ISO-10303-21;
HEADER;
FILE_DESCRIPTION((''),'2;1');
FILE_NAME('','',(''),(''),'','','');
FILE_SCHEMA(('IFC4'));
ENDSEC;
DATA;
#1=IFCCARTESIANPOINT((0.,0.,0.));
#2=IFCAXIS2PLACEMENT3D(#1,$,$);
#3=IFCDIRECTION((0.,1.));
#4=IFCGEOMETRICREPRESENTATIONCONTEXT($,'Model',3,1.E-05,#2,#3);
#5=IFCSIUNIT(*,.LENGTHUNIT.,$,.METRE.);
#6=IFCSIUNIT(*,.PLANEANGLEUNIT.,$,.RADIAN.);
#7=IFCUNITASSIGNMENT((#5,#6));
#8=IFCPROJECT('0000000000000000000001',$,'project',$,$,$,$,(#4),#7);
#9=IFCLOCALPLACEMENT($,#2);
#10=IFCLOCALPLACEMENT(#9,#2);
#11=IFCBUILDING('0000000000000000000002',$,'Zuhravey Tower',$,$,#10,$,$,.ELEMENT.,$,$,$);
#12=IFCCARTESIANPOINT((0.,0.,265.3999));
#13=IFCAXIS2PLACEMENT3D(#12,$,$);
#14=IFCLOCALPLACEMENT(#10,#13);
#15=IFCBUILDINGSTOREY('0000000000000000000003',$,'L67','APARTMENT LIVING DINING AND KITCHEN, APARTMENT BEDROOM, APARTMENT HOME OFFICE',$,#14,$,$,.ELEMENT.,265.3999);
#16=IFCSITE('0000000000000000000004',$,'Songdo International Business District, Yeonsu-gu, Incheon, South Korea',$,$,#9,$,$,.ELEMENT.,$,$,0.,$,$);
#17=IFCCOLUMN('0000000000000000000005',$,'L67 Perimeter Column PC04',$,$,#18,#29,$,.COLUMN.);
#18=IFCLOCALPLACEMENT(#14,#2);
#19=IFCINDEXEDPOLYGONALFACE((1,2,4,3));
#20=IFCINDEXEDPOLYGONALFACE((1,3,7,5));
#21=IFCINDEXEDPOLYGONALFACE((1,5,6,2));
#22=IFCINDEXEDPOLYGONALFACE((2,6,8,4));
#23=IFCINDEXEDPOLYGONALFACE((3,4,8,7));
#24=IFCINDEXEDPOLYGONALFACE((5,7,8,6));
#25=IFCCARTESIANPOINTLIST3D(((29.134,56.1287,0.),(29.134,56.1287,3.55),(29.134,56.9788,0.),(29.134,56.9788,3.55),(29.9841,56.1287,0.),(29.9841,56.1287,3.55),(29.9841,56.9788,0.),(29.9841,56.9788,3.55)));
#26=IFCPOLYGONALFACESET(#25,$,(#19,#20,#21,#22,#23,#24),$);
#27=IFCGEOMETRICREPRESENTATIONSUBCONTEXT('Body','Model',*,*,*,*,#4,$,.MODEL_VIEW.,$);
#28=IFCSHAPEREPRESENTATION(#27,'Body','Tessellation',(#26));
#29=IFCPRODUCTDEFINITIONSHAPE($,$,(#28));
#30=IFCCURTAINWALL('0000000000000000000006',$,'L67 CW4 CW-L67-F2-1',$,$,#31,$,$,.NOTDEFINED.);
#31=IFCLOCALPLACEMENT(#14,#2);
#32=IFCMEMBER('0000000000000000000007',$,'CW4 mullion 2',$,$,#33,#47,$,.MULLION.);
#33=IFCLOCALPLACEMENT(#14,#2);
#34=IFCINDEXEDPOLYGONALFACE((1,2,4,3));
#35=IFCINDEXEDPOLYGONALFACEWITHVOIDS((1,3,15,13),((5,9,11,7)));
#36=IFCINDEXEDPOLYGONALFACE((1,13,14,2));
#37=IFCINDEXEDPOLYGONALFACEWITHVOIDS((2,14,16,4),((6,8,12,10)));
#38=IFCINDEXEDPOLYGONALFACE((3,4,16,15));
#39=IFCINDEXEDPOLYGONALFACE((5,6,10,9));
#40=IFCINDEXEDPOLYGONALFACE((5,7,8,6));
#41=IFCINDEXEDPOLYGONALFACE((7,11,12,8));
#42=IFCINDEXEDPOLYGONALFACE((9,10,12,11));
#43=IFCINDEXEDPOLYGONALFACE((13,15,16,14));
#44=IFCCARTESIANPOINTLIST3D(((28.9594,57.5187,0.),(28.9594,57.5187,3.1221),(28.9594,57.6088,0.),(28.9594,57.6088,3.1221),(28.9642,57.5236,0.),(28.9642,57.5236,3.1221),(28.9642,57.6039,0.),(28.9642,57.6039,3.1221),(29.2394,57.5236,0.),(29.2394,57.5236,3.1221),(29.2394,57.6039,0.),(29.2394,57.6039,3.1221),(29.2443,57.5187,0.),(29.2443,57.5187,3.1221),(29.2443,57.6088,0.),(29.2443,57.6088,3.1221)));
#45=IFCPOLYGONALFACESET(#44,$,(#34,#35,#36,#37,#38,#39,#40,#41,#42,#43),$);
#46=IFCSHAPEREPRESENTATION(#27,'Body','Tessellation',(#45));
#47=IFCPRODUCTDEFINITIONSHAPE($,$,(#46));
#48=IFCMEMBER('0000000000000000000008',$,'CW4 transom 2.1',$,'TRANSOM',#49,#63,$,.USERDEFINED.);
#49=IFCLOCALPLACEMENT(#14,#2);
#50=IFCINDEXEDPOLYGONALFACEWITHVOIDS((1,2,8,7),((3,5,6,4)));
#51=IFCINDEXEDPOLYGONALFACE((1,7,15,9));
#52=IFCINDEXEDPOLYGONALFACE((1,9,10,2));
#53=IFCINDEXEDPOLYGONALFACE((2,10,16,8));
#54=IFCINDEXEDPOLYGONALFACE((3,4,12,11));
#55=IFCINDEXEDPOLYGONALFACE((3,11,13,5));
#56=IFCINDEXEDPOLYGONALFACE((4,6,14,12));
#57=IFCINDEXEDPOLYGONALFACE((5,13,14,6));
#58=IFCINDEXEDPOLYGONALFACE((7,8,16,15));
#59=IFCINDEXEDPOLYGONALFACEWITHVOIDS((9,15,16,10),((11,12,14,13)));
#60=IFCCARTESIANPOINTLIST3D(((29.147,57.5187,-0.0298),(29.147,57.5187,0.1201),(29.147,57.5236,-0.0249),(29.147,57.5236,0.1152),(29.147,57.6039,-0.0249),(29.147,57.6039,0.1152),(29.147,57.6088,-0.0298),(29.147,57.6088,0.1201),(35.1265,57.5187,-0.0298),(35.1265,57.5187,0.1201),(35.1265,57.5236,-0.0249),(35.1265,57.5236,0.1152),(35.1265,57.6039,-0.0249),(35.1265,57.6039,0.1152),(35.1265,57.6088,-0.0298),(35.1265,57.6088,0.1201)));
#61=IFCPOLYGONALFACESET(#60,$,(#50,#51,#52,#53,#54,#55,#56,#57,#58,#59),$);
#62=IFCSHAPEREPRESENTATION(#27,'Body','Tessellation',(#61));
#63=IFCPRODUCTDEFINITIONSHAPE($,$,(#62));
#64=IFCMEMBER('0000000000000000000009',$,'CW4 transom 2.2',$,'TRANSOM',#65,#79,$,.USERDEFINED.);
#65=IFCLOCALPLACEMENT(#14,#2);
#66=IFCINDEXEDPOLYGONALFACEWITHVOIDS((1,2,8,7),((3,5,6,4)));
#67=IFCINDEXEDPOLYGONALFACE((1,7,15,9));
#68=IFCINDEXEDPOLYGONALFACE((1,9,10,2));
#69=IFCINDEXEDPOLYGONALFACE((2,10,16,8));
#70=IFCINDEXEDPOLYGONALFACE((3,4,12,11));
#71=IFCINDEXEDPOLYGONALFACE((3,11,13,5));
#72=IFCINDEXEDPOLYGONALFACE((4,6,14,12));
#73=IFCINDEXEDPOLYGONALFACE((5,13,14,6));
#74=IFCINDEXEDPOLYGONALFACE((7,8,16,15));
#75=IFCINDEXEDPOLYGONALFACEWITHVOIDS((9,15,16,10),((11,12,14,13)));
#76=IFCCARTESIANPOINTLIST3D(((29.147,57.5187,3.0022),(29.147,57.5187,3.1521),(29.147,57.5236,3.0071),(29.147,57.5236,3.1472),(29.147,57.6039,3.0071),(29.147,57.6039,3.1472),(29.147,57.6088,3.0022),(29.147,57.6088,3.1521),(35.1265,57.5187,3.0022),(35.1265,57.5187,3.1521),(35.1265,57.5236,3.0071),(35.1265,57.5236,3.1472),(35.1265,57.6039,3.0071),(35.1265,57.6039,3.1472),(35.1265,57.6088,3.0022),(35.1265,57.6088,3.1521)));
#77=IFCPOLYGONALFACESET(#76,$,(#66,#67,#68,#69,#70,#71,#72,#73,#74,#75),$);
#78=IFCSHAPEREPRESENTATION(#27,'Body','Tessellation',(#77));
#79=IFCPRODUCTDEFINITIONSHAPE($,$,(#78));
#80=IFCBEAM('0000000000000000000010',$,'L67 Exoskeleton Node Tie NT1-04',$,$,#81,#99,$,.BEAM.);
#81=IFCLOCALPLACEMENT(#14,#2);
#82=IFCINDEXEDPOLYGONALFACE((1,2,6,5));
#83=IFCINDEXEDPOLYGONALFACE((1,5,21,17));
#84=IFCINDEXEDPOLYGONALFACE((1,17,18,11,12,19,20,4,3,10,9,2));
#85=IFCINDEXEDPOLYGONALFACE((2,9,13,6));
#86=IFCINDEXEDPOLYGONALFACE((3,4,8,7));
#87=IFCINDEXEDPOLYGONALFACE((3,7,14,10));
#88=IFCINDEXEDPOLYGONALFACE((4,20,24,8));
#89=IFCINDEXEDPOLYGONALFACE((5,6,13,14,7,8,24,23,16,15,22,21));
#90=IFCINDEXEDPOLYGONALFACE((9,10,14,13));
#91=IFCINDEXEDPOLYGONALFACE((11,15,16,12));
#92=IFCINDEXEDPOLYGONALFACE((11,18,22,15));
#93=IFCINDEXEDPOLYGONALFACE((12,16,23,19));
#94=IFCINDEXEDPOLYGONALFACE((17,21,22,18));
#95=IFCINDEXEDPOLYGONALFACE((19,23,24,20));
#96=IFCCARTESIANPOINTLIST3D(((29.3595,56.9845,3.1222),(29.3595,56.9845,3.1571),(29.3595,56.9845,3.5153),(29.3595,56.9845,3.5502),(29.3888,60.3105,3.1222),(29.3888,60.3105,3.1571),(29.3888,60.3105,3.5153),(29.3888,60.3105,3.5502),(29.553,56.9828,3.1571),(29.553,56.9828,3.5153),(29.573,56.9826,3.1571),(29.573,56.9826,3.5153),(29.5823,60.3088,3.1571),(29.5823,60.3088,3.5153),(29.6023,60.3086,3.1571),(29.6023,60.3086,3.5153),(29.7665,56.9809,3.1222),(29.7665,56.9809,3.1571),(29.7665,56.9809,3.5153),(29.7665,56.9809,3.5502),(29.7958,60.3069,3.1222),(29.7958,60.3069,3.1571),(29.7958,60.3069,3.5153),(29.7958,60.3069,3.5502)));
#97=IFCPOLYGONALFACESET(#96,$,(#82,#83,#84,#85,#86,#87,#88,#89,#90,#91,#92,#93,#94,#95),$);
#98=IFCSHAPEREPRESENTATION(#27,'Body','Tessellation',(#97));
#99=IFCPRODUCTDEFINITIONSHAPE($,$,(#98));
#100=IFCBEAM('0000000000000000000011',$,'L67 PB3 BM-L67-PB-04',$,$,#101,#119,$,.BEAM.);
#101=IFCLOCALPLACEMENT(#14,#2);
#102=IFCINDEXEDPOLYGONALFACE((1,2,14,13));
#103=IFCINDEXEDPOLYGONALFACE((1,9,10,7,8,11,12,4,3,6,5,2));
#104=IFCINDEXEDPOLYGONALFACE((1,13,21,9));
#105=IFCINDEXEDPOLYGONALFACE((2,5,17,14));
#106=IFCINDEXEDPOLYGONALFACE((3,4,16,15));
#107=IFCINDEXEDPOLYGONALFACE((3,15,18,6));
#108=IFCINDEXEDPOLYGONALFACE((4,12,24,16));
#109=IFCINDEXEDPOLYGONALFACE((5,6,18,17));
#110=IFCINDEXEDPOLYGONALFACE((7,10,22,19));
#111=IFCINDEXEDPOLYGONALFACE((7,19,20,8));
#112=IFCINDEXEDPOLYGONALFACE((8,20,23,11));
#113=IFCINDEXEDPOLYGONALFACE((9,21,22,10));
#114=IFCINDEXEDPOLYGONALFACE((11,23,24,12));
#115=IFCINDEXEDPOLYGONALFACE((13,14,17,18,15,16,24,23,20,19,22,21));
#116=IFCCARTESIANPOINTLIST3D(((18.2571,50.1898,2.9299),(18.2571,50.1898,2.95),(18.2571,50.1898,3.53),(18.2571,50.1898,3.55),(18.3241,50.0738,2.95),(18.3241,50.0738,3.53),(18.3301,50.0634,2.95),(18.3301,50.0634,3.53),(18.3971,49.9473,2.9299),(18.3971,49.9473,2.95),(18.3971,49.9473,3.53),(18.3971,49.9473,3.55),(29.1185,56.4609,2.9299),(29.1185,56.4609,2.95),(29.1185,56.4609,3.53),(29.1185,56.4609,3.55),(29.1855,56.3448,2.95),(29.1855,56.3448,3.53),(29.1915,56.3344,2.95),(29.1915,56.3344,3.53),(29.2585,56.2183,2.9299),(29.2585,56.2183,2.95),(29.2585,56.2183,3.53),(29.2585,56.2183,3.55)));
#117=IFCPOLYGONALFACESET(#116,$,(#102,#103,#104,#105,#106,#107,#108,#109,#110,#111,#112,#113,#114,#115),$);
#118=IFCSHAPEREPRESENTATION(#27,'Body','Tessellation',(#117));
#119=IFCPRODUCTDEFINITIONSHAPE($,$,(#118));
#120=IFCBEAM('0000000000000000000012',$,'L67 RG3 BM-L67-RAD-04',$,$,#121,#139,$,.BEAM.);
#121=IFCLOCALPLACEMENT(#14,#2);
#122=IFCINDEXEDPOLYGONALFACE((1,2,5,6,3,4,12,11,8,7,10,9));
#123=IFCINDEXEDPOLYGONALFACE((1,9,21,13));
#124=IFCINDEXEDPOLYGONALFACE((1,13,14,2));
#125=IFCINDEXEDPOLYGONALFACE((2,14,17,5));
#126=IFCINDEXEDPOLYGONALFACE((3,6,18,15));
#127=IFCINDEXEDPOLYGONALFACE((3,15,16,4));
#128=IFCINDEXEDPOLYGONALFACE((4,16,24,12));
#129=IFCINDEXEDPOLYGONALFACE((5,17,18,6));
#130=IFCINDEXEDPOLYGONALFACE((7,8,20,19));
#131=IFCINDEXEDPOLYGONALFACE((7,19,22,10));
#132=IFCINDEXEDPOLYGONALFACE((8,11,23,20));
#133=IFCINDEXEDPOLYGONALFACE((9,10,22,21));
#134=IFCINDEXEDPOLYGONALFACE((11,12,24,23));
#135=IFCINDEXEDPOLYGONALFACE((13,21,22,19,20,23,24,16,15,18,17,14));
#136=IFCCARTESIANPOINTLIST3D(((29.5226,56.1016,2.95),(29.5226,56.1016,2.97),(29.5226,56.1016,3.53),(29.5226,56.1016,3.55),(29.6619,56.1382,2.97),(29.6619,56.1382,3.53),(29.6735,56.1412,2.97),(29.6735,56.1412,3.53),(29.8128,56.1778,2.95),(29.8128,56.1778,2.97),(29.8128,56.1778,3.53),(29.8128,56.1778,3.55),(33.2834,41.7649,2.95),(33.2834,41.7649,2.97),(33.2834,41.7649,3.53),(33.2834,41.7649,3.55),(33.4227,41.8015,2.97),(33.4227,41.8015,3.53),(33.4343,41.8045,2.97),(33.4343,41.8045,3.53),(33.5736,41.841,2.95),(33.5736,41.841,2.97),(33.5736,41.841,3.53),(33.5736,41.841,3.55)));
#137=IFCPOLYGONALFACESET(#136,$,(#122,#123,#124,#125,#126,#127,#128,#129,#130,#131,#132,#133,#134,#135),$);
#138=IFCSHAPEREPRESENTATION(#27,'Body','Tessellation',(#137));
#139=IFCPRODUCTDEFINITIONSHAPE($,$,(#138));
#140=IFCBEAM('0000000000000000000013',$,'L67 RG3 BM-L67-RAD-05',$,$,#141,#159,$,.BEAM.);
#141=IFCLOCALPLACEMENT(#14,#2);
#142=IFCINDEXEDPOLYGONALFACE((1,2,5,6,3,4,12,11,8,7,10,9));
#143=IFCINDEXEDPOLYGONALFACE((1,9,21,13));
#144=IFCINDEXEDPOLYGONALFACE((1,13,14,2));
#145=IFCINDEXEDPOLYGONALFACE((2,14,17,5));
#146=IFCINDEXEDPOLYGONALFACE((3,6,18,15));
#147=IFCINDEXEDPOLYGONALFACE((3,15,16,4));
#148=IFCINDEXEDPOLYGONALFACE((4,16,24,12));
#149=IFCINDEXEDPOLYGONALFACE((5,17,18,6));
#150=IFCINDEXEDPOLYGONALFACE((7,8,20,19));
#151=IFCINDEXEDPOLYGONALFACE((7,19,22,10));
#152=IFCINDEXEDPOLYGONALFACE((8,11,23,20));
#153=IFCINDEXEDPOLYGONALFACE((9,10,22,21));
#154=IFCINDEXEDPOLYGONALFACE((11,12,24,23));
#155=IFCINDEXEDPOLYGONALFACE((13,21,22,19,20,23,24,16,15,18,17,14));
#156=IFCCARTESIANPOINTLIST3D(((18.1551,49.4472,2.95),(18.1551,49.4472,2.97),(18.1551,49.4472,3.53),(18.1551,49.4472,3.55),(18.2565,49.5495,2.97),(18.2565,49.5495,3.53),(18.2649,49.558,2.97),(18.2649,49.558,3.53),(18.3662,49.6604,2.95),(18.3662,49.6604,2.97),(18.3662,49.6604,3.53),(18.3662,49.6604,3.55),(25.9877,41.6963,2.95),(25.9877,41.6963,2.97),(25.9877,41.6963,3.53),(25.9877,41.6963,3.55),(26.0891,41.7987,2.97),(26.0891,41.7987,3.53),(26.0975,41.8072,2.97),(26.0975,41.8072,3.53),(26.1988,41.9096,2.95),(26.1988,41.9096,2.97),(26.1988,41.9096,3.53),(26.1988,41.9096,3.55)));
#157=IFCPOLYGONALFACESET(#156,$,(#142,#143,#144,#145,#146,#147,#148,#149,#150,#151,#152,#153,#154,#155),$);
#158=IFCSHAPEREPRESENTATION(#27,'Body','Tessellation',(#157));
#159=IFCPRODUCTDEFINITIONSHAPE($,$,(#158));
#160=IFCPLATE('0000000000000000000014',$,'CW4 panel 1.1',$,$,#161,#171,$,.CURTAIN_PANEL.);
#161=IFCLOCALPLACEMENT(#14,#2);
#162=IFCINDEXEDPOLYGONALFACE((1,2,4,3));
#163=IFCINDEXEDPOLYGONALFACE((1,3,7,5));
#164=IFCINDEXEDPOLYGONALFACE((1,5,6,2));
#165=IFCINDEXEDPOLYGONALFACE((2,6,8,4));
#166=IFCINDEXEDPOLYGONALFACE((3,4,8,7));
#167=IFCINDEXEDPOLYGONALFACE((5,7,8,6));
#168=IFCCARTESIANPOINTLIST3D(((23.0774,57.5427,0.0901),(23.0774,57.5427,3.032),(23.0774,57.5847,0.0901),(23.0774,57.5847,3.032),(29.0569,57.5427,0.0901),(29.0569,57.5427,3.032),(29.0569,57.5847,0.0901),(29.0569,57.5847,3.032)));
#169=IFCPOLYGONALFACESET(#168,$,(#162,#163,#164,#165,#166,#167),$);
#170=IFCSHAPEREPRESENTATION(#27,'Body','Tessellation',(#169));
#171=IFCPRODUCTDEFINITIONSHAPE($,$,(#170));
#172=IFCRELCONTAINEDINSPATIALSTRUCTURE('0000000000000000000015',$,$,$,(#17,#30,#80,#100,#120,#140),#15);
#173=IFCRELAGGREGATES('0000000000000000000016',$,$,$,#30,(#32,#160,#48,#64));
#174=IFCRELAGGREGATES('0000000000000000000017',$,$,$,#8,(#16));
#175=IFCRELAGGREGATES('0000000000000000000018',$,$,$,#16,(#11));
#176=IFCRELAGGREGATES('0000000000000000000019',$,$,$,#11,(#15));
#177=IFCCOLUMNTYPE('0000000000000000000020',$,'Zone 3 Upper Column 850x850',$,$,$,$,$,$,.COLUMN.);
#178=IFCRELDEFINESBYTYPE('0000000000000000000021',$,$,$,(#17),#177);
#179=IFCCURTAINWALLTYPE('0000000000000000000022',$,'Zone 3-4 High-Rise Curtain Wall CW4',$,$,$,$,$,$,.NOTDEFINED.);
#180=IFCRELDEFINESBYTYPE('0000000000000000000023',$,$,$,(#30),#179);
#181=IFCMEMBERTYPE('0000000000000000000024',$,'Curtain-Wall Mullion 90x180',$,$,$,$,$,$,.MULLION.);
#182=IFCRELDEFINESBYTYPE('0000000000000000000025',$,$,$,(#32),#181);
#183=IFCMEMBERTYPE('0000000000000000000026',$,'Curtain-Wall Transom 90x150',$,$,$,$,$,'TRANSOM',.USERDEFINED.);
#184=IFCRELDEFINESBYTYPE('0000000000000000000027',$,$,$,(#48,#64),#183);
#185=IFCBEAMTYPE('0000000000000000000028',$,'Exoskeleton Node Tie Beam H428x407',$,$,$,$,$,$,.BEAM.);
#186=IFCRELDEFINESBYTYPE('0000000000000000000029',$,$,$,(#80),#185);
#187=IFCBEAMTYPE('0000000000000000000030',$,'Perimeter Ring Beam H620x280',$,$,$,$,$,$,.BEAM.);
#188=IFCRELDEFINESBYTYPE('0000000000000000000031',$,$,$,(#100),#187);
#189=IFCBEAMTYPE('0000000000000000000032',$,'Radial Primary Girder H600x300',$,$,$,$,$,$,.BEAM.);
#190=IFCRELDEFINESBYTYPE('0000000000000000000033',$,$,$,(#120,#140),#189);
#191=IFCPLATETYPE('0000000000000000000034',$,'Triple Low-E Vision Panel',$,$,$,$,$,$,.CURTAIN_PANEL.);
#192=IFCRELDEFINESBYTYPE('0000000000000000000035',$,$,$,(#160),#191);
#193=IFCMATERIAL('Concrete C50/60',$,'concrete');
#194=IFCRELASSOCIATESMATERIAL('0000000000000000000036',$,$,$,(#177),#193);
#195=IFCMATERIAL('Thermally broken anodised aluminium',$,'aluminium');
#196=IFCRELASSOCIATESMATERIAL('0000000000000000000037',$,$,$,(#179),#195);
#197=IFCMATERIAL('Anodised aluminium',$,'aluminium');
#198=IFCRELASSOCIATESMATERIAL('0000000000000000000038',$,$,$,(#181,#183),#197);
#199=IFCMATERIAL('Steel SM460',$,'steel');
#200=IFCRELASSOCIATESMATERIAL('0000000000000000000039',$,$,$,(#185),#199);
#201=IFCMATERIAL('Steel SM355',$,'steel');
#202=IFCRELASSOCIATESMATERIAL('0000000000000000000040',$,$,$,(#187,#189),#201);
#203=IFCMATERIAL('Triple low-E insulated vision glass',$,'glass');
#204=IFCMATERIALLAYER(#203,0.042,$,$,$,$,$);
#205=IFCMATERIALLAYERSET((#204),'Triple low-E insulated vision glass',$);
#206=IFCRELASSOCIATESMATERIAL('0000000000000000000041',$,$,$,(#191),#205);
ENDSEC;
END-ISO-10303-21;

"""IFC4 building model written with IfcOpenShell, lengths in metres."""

from ifc_helpers import new_model, si_unit, direction, frame, origin, origin_2d, place, context, subcontext, project, spatial, rectangle, hollow_rectangle, i_section, extrude, material, layer, layer_set, material_profile, profile_set, type_object, element, aggregate, save


model = new_model("IFC4")

# Units and contexts
model_context = context("Model", 3, precision=1e-05, world=origin(), true_north=direction((0.0, 1.0)))
body_context = subcontext(model_context, "Body", "Model", "MODEL_VIEW")
ifc_project = project(units=[si_unit("LENGTHUNIT", "METRE"), si_unit("PLANEANGLEUNIT", "RADIAN")], contexts=[model_context])

# Site, building, storey
site_placement = place(None, origin())
site = spatial("IfcSite", under=ifc_project, at=site_placement, Name="Songdo International Business District, Yeonsu-gu, Incheon, South Korea", CompositionType="ELEMENT", RefElevation=0.0)
building_placement = place(site_placement, origin())
building = spatial("IfcBuilding", under=site, at=building_placement, Name="Zuhravey Tower", CompositionType="ELEMENT")
storey_placement = place(building_placement, frame((0.0, 0.0, 265.3999)))
storey = spatial("IfcBuildingStorey", under=building, at=storey_placement, Name="L67", Description="APARTMENT LIVING DINING AND KITCHEN, APARTMENT BEDROOM, APARTMENT HOME OFFICE", CompositionType="ELEMENT", Elevation=265.3999)

# Column
ifc_material_1 = material(Name="Concrete C50/60", Category="concrete")
ifc_material_profile_1 = material_profile(ifc_material_1, rectangle(XDim=0.8501, YDim=0.8501, at=origin_2d()), Name="RC-850x850")
ifc_profile_set_1 = profile_set([ifc_material_profile_1], Name="Concrete C50/60")
column_type = type_object("IfcColumnType", Name="Zone 3 Upper Column 850x850", PredefinedType="COLUMN", material=ifc_profile_set_1)
column_placement = place(storey_placement, frame((29.5591, 56.5537, 0.0), z_axis=(0.0, 0.0, 1.0), x_axis=(-1.0, 0.0, 0.0)))
element("IfcColumn", 1, at=column_placement, inside=storey, type_object=column_type, Name="L67 Perimeter Column PC04", PredefinedType="COLUMN", context=body_context, shape_type="SweptSolid", body=[
    extrude(rectangle(XDim=0.8501, YDim=0.8501, at=origin_2d()), origin(), (0.0, 0.0, 1.0), 3.55),
])

# Curtain wall, members
ifc_material_2 = material(Name="Thermally broken anodised aluminium", Category="aluminium")
curtain_wall_type = type_object("IfcCurtainWallType", Name="Zone 3-4 High-Rise Curtain Wall CW4", PredefinedType="NOTDEFINED", material=ifc_material_2)
curtain_wall_placement = place(storey_placement, origin())
curtain_wall = element("IfcCurtainWall", 2, at=curtain_wall_placement, inside=storey, type_object=curtain_wall_type, Name="L67 CW4 CW-L67-F2-1", PredefinedType="NOTDEFINED")
ifc_material_3 = material(Name="Anodised aluminium", Category="aluminium")
ifc_material_profile_2 = material_profile(ifc_material_3, hollow_rectangle(XDim=0.0901, YDim=0.2849, WallThickness=0.0049, at=origin_2d()), Name="ALU-RHS-90x285x5")
ifc_profile_set_2 = profile_set([ifc_material_profile_2], Name="Anodised aluminium")
member_type_1 = type_object("IfcMemberType", Name="Curtain-Wall Mullion 90x180", PredefinedType="MULLION", material=ifc_profile_set_2)
member_1_placement = place(storey_placement, frame((29.1018, 57.5637, 0.0), z_axis=(0.0, 0.0, 1.0), x_axis=(0.0, 1.0, 0.0)))
member_1 = element("IfcMember", 3, at=member_1_placement, type_object=member_type_1, Name="CW4 mullion 2", PredefinedType="MULLION", context=body_context, shape_type="SweptSolid", body=[
    extrude(hollow_rectangle(XDim=0.0901, YDim=0.2849, WallThickness=0.0049, at=origin_2d()), origin(), (0.0, 0.0, 1.0), 3.1221),
])
ifc_material_profile_3 = material_profile(ifc_material_3, hollow_rectangle(XDim=0.0901, YDim=0.1499, WallThickness=0.0049, at=origin_2d()), Name="ALU-RHS-90x150x5")
ifc_profile_set_3 = profile_set([ifc_material_profile_3], Name="Anodised aluminium")
member_type_2 = type_object("IfcMemberType", Name="Curtain-Wall Transom 90x150", ElementType="TRANSOM", PredefinedType="USERDEFINED", material=ifc_profile_set_3)
member_2_placement = place(storey_placement, frame((29.147, 57.5637, 0.0452), z_axis=(1.0, 0.0, 0.0), x_axis=(0.0, 1.0, 0.0)))
member_2 = element("IfcMember", 4, at=member_2_placement, type_object=member_type_2, Name="CW4 transom 2.1", ObjectType="TRANSOM", PredefinedType="USERDEFINED", context=body_context, shape_type="SweptSolid", body=[
    extrude(hollow_rectangle(XDim=0.0901, YDim=0.1499, WallThickness=0.0049, at=origin_2d()), origin(), (0.0, 0.0, 1.0), 5.9795),
])
member_3_placement = place(storey_placement, frame((29.147, 57.5637, 3.0771), z_axis=(1.0, 0.0, 0.0), x_axis=(0.0, 1.0, 0.0)))
member_3 = element("IfcMember", 5, at=member_3_placement, type_object=member_type_2, Name="CW4 transom 2.2", ObjectType="TRANSOM", PredefinedType="USERDEFINED", context=body_context, shape_type="SweptSolid", body=[
    extrude(hollow_rectangle(XDim=0.0901, YDim=0.1499, WallThickness=0.0049, at=origin_2d()), origin(), (0.0, 0.0, 1.0), 5.9795),
])

# Beams
ifc_material_4 = material(Name="Steel SM460", Category="steel")
ifc_material_profile_4 = material_profile(ifc_material_4, i_section(OverallWidth=0.407, OverallDepth=0.428, WebThickness=0.02, FlangeThickness=0.0349, at=origin_2d()), Name="H-428x407x20x35")
ifc_profile_set_4 = profile_set([ifc_material_profile_4], Name="Steel SM460")
beam_type_1 = type_object("IfcBeamType", Name="Exoskeleton Node Tie Beam H428x407", PredefinedType="BEAM", material=ifc_profile_set_4)
beam_1_placement = place(storey_placement, frame((29.563, 56.9827, 3.3362), z_axis=(0.008808, 0.999961, 0.0), x_axis=(-0.999961, 0.008808, 0.0)))
element("IfcBeam", 6, at=beam_1_placement, inside=storey, type_object=beam_type_1, Name="L67 Exoskeleton Node Tie NT1-04", PredefinedType="BEAM", context=body_context, shape_type="SweptSolid", body=[
    extrude(i_section(OverallWidth=0.407, OverallDepth=0.428, WebThickness=0.02, FlangeThickness=0.0349, at=origin_2d()), origin(), (0.0, 0.0, 1.0), 3.3262),
])
ifc_material_5 = material(Name="Steel SM355", Category="steel")
ifc_material_profile_5 = material_profile(ifc_material_5, i_section(OverallWidth=0.28, OverallDepth=0.6201, WebThickness=0.012, FlangeThickness=0.02, at=origin_2d()), Name="H-620x280x12x20")
ifc_profile_set_5 = profile_set([ifc_material_profile_5], Name="Steel SM355")
beam_type_2 = type_object("IfcBeamType", Name="Perimeter Ring Beam H620x280", PredefinedType="BEAM", material=ifc_profile_set_5)
beam_2_placement = place(storey_placement, frame((29.1885, 56.3396, 3.24), z_axis=(-0.866018, -0.500012, 0.0), x_axis=(0.500012, -0.866018, 0.0)))
element("IfcBeam", 7, at=beam_2_placement, inside=storey, type_object=beam_type_2, Name="L67 PB3 BM-L67-PB-04", PredefinedType="BEAM", context=body_context, shape_type="SweptSolid", body=[
    extrude(i_section(OverallWidth=0.28, OverallDepth=0.6201, WebThickness=0.012, FlangeThickness=0.02, at=origin_2d()), origin(), (0.0, 0.0, 1.0), 12.5417),
])
ifc_material_profile_6 = material_profile(ifc_material_5, i_section(OverallWidth=0.3, OverallDepth=0.6001, WebThickness=0.012, FlangeThickness=0.02, at=origin_2d()), Name="H-600x300x12x20")
ifc_profile_set_6 = profile_set([ifc_material_profile_6], Name="Steel SM355")
beam_type_3 = type_object("IfcBeamType", Name="Radial Primary Girder H600x300", PredefinedType="BEAM", material=ifc_profile_set_6)
beam_3_placement = place(storey_placement, frame((33.4285, 41.803, 3.25), z_axis=(-0.253732, 0.967275, 0.0), x_axis=(-0.967275, -0.253732, 0.0)))
element("IfcBeam", 8, at=beam_3_placement, inside=storey, type_object=beam_type_3, Name="L67 RG3 BM-L67-RAD-04", PredefinedType="BEAM", context=body_context, shape_type="SweptSolid", body=[
    extrude(i_section(OverallWidth=0.3, OverallDepth=0.6001, WebThickness=0.012, FlangeThickness=0.02, at=origin_2d()), origin(), (0.0, 0.0, 1.0), 14.8218),
])
beam_4_placement = place(storey_placement, frame((26.0933, 41.803, 3.25), z_axis=(-0.710808, 0.703386, 0.0), x_axis=(-0.703386, -0.710808, 0.0)))
element("IfcBeam", 9, at=beam_4_placement, inside=storey, type_object=beam_type_3, Name="L67 RG3 BM-L67-RAD-05", PredefinedType="BEAM", context=body_context, shape_type="SweptSolid", body=[
    extrude(i_section(OverallWidth=0.3, OverallDepth=0.6001, WebThickness=0.012, FlangeThickness=0.02, at=origin_2d()), origin(), (0.0, 0.0, 1.0), 11.0193),
])

# Plate
ifc_material_6 = material(Name="Triple low-E insulated vision glass", Category="glass")
ifc_layer_1 = layer(ifc_material_6, 0.042)
ifc_layer_set_1 = layer_set([ifc_layer_1], Name="Triple low-E insulated vision glass")
plate_type = type_object("IfcPlateType", Name="Triple Low-E Vision Panel", PredefinedType="CURTAIN_PANEL", material=ifc_layer_set_1)
plate_1_placement = place(storey_placement, frame((26.0671, 57.5637, 0.0901), z_axis=(0.0, 0.0, 1.0), x_axis=(1.0, 0.0, 0.0)))
plate_1 = element("IfcPlate", 10, at=plate_1_placement, type_object=plate_type, Name="CW4 panel 1.1", PredefinedType="CURTAIN_PANEL", context=body_context, shape_type="SweptSolid", body=[
    extrude(rectangle(XDim=5.9795, YDim=0.042, at=origin_2d()), origin(), (0.0, 0.0, 1.0), 2.9419),
])
aggregate(curtain_wall, [member_1, plate_1, member_2, member_3])

save(model, "model.ifc")
